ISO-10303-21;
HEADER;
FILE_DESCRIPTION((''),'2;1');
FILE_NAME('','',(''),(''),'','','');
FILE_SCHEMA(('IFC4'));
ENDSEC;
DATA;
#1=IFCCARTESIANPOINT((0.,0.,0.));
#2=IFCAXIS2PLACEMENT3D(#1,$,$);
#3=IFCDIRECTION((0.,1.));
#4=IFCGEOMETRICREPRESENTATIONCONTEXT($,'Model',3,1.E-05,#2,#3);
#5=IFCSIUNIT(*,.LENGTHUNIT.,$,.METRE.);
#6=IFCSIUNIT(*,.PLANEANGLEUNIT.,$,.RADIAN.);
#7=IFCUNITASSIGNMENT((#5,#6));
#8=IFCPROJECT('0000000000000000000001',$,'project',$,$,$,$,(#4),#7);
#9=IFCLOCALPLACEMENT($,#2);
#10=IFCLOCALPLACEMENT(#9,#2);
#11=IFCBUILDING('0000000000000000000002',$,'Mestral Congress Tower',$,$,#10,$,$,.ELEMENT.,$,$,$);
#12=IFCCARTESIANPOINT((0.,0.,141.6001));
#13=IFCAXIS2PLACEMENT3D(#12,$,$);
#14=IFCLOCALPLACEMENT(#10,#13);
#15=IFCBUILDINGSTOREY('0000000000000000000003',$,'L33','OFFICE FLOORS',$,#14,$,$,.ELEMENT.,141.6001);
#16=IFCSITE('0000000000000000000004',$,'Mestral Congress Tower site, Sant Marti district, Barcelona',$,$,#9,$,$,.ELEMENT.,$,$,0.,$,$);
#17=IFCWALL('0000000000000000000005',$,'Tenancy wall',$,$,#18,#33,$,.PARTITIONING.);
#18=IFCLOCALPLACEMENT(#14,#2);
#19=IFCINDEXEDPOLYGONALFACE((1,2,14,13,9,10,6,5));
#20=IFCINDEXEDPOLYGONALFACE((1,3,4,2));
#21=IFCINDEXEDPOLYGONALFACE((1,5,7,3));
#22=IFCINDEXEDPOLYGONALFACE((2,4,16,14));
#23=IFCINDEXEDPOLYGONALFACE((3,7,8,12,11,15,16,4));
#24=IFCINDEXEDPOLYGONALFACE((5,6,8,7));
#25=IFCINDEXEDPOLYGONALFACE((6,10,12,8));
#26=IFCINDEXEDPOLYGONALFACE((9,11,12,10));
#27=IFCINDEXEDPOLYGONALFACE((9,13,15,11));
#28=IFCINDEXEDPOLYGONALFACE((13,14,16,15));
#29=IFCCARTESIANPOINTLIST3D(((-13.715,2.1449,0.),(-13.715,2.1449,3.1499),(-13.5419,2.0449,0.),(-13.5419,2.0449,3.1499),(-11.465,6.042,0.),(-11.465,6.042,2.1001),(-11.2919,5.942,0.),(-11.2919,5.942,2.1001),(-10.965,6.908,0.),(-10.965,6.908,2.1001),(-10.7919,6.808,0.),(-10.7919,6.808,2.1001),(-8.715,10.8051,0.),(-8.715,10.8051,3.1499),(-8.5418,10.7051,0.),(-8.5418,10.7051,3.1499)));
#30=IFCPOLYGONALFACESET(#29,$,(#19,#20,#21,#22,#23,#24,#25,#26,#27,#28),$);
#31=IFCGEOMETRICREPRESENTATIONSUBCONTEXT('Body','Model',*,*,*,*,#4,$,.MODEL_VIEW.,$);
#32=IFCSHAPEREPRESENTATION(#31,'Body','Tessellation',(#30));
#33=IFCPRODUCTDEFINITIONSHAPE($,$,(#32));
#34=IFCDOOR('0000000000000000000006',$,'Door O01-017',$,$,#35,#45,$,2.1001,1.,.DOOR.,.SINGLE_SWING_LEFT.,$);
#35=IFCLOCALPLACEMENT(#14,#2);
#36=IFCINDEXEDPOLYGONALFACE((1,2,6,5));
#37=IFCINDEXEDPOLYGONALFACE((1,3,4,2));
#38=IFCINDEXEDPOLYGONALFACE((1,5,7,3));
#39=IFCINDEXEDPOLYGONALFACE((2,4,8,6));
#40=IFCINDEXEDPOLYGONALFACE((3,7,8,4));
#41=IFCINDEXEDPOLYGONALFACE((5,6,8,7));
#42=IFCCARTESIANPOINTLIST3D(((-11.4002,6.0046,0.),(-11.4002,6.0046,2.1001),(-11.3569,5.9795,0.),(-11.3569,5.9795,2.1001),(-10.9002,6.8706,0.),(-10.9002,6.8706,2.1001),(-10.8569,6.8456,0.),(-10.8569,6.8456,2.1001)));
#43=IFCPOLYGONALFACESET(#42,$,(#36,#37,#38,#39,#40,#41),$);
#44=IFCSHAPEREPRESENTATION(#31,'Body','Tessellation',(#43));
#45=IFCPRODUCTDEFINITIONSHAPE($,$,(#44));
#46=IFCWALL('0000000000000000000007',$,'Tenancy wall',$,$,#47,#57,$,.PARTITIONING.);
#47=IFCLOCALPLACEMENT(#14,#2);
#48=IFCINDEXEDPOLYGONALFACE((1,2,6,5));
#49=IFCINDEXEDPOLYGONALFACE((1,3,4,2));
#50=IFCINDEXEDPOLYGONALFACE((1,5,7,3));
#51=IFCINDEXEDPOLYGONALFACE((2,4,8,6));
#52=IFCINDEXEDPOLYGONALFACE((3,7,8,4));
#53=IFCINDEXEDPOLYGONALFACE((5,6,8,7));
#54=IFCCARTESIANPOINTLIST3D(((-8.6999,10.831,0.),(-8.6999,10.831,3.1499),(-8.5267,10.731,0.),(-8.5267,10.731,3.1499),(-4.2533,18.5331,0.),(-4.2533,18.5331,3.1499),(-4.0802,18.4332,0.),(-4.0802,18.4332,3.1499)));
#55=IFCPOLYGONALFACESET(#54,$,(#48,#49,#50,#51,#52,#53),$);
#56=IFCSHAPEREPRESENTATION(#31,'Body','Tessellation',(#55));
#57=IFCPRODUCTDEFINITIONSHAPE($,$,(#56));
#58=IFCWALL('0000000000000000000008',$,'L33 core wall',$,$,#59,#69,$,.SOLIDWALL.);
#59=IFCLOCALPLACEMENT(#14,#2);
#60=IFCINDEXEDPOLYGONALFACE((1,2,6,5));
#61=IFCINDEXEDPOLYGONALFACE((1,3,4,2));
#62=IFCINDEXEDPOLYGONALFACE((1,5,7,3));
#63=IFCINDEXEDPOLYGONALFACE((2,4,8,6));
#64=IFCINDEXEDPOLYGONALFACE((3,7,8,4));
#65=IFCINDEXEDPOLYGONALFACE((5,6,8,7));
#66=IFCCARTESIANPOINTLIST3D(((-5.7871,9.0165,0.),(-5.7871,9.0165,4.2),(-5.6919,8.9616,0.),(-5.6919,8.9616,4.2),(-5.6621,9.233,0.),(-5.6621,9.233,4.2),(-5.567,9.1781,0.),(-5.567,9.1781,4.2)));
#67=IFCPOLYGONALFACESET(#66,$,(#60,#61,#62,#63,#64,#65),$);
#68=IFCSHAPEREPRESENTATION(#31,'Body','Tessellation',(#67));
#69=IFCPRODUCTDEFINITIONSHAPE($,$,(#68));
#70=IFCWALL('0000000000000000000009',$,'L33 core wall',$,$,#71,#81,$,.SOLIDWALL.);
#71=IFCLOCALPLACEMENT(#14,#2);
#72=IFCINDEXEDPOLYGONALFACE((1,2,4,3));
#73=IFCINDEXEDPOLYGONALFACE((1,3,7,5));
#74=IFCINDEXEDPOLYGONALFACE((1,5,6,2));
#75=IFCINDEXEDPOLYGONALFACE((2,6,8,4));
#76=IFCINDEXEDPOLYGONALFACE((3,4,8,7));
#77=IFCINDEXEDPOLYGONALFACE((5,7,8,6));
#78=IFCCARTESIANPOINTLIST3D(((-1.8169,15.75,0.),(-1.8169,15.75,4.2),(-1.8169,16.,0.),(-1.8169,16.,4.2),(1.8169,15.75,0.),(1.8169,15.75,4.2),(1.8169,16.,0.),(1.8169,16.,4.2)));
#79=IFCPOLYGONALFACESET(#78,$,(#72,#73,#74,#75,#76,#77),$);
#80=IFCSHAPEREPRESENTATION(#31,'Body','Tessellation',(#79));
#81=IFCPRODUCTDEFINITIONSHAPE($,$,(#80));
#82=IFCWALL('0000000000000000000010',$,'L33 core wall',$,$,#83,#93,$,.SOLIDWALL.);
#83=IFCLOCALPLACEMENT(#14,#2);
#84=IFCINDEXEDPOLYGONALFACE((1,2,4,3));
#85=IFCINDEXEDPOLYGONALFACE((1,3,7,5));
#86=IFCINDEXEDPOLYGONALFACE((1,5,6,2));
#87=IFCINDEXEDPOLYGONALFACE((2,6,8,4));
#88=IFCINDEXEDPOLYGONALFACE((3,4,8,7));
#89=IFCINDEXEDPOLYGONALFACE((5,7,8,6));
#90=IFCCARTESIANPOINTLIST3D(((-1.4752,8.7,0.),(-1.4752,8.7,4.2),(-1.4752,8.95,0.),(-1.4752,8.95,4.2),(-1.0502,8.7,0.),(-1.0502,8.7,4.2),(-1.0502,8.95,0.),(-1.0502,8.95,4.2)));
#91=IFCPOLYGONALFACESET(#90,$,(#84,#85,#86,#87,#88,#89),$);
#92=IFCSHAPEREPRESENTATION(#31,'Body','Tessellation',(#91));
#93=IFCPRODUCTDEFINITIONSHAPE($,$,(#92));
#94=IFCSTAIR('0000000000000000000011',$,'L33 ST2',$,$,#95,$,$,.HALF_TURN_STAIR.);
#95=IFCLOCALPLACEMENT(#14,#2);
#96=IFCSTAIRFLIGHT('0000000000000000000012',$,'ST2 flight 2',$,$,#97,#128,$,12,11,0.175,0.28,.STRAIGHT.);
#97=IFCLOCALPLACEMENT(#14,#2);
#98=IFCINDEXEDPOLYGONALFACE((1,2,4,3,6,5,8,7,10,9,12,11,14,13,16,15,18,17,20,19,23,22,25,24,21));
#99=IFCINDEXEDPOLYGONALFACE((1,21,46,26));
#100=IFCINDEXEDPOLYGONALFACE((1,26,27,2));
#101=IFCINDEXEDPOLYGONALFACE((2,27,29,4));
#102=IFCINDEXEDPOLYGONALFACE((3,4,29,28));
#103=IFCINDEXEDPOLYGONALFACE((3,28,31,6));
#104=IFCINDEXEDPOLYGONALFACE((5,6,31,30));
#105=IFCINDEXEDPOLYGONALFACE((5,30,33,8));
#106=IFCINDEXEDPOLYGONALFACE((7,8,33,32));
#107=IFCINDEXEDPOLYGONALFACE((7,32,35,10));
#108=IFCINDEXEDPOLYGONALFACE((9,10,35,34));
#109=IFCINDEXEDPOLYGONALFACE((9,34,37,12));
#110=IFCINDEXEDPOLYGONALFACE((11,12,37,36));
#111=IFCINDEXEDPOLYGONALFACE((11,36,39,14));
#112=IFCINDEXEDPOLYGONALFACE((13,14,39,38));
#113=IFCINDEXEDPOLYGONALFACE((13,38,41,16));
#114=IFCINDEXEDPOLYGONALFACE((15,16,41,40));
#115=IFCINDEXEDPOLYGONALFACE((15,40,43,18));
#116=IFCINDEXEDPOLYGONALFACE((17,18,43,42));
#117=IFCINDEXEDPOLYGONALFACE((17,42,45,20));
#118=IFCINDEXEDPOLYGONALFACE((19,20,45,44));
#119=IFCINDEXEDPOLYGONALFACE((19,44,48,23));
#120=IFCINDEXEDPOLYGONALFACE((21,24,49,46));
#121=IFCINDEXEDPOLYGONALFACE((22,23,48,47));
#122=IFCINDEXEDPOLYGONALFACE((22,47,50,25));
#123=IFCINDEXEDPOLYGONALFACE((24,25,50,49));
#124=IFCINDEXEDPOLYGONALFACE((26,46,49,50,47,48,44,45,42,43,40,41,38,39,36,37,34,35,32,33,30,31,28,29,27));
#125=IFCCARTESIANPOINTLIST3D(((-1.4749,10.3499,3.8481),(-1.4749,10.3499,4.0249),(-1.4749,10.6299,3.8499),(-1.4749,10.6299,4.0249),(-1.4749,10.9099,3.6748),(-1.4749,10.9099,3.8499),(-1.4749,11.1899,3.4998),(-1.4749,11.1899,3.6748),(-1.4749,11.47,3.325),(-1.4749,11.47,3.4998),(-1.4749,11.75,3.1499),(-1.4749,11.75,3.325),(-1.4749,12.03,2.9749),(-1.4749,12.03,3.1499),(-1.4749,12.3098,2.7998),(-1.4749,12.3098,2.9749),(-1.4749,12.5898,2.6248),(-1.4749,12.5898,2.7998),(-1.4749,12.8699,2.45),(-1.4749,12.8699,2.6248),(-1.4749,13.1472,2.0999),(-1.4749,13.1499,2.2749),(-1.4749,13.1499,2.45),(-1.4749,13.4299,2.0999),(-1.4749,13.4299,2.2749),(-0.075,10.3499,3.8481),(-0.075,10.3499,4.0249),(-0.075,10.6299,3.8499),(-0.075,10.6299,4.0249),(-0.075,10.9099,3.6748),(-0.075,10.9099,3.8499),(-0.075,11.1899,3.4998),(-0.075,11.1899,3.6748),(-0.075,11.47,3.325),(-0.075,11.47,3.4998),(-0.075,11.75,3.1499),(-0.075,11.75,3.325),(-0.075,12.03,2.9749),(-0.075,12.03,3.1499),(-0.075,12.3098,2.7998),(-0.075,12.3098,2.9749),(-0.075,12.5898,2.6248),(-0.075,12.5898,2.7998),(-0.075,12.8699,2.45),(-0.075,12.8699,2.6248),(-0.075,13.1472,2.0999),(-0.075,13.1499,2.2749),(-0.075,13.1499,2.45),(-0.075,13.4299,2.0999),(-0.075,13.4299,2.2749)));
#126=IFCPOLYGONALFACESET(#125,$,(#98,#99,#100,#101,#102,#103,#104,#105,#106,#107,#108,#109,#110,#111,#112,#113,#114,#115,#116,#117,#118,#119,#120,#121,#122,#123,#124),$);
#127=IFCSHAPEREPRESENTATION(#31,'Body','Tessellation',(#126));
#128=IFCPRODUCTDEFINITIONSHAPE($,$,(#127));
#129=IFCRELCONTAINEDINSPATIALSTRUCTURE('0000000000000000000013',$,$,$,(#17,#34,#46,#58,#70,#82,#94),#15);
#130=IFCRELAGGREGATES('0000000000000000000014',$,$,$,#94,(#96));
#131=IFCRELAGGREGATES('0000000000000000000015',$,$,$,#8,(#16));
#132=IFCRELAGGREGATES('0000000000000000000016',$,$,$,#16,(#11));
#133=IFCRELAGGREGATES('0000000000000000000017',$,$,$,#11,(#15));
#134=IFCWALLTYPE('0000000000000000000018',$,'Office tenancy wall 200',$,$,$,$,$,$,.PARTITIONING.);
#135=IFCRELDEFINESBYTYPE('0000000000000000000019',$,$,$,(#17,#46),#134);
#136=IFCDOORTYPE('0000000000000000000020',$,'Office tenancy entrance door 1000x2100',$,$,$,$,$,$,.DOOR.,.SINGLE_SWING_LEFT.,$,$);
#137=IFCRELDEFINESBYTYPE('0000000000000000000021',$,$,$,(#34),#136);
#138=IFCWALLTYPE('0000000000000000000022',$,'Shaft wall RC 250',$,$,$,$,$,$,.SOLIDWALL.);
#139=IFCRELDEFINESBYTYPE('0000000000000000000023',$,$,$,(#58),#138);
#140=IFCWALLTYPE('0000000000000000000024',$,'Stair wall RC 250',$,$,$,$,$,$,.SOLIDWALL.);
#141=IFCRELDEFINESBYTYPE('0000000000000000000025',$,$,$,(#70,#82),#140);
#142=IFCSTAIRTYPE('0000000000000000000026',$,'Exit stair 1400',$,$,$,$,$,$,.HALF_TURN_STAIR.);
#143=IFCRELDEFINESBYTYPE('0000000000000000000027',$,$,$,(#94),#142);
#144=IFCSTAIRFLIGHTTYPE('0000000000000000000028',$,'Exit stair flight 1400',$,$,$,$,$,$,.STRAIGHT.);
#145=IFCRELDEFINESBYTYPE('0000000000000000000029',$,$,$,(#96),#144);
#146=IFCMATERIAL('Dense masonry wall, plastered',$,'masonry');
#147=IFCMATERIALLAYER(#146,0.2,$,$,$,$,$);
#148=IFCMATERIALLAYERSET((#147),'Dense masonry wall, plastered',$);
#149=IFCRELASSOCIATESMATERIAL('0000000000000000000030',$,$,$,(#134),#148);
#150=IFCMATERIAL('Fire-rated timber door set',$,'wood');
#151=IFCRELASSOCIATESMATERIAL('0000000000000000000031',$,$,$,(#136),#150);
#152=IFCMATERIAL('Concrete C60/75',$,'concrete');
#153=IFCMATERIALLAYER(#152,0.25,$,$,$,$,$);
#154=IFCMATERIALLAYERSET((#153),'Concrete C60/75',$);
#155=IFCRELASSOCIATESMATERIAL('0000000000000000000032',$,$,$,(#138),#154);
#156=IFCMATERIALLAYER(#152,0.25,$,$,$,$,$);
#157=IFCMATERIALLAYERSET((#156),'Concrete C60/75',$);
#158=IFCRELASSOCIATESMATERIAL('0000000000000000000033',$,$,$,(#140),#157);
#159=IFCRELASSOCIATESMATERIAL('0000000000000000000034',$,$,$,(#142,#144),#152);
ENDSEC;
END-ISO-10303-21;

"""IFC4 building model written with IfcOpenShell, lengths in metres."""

from ifc_helpers import new_model, si_unit, direction, frame, frame_2d, origin, place, context, subcontext, project, spatial, polyline, rectangle, outline, extrude, material, layer, layer_set, type_object, element, fill, aggregate, save


model = new_model("IFC4")

# Units and contexts
model_context = context("Model", 3, precision=1e-05, world=origin(), true_north=direction((0.0, 1.0)))
body_context = subcontext(model_context, "Body", "Model", "MODEL_VIEW")
ifc_project = project(units=[si_unit("LENGTHUNIT", "METRE"), si_unit("PLANEANGLEUNIT", "RADIAN")], contexts=[model_context])

# Site, building, storey
site_placement = place(None, origin())
site = spatial("IfcSite", under=ifc_project, at=site_placement, Name="Mestral Congress Tower site, Sant Marti district, Barcelona", CompositionType="ELEMENT", RefElevation=0.0)
building_placement = place(site_placement, origin())
building = spatial("IfcBuilding", under=site, at=building_placement, Name="Mestral Congress Tower", CompositionType="ELEMENT")
storey_placement = place(building_placement, frame((0.0, 0.0, 141.6001)))
storey = spatial("IfcBuildingStorey", under=building, at=storey_placement, Name="L33", Description="OFFICE FLOORS", CompositionType="ELEMENT", Elevation=141.6001)

# Shared definitions
ifc_material_1 = material(Name="Concrete C60/75", Category="concrete")

# Wall, opening, door
ifc_material_2 = material(Name="Dense masonry wall, plastered", Category="masonry")
ifc_layer_1 = layer(ifc_material_2, 0.2)
ifc_layer_set_1 = layer_set([ifc_layer_1], Name="Dense masonry wall, plastered")
wall_type_1 = type_object("IfcWallType", Name="Office tenancy wall 200", PredefinedType="PARTITIONING", material=ifc_layer_set_1)
wall_1_placement = place(storey_placement, frame((-8.6284, 10.7551, 0.0), z_axis=(0.0, 0.0, 1.0), x_axis=(-0.500004, -0.866023, 0.0)))
wall_1 = element("IfcWall", 1, at=wall_1_placement, inside=storey, type_object=wall_type_1, Name="Tenancy wall", PredefinedType="PARTITIONING", context=body_context, shape_type="SweptSolid", body=[
    extrude(rectangle(XDim=10.0, YDim=0.2, at=frame_2d((5.0, 0.0))), origin(), (0.0, 0.0, 1.0), 3.1499),
])
opening_1_placement = place(wall_1_placement, frame((4.5, 0.0, 0.0)))
opening_1 = element("IfcOpeningElement", 2, at=opening_1_placement, cuts=wall_1, PredefinedType="OPENING", context=body_context, shape_type="SweptSolid", body=[
    extrude(rectangle(XDim=1.0, YDim=2.1001, at=frame_2d((0.5, 1.05))), frame((0.0, 0.1099, 0.0), z_axis=(0.0, -1.0, 0.0), x_axis=(1.0, 0.0, 0.0)), (0.0, 0.0, 1.0), 0.22),
])
ifc_material_3 = material(Name="Fire-rated timber door set", Category="wood")
door_type_1 = type_object("IfcDoorType", Name="Office tenancy entrance door 1000x2100", OperationType="SINGLE_SWING_LEFT", PredefinedType="DOOR", material=ifc_material_3)
door_1_placement = place(opening_1_placement, origin())
door_1 = element("IfcDoor", 3, at=door_1_placement, inside=storey, type_object=door_type_1, Name="Door O01-017", OperationType="SINGLE_SWING_LEFT", OverallHeight=2.1001, OverallWidth=1.0, PredefinedType="DOOR", context=body_context, shape_type="SweptSolid", body=[
    extrude(rectangle(XDim=1.0, YDim=2.1001, at=frame_2d((0.5, 1.05))), frame((0.0, 0.0249, 0.0), z_axis=(0.0, -1.0, 0.0), x_axis=(1.0, 0.0, 0.0)), (0.0, 0.0, 1.0), 0.05),
])
fill(opening_1, door_1)

# Walls
wall_2_placement = place(storey_placement, frame((-4.1667, 18.4832, 0.0), z_axis=(0.0, 0.0, 1.0), x_axis=(-0.499974, -0.86604, 0.0)))
element("IfcWall", 4, at=wall_2_placement, inside=storey, type_object=wall_type_1, Name="Tenancy wall", PredefinedType="PARTITIONING", context=body_context, shape_type="SweptSolid", body=[
    extrude(rectangle(XDim=8.8936, YDim=0.2, at=frame_2d((4.4468, 0.0))), origin(), (0.0, 0.0, 1.0), 3.1499),
])
ifc_layer_2 = layer(ifc_material_1, 0.25)
ifc_layer_set_2 = layer_set([ifc_layer_2], Name="Concrete C60/75")
wall_type_2 = type_object("IfcWallType", Name="Shaft wall RC 250", PredefinedType="SOLIDWALL", material=ifc_layer_set_2)
wall_3_placement = place(storey_placement, frame((-5.7246, 9.1248, 0.0), z_axis=(0.0, 0.0, 1.0), x_axis=(0.866186, -0.499722, 0.0)))
element("IfcWall", 5, at=wall_3_placement, inside=storey, type_object=wall_type_2, Name="L33 core wall", PredefinedType="SOLIDWALL", context=body_context, shape_type="SweptSolid", body=[
    extrude(rectangle(XDim=0.1099, YDim=0.25, at=frame_2d((0.0549, 0.0))), origin(), (0.0, 0.0, 1.0), 4.2),
])
ifc_layer_3 = layer(ifc_material_1, 0.25)
ifc_layer_set_3 = layer_set([ifc_layer_3], Name="Concrete C60/75")
wall_type_3 = type_object("IfcWallType", Name="Stair wall RC 250", PredefinedType="SOLIDWALL", material=ifc_layer_set_3)
wall_4_placement = place(storey_placement, frame((-1.8169, 15.875, 0.0), z_axis=(0.0, 0.0, 1.0), x_axis=(1.0, 0.0, 0.0)))
element("IfcWall", 6, at=wall_4_placement, inside=storey, type_object=wall_type_3, Name="L33 core wall", PredefinedType="SOLIDWALL", context=body_context, shape_type="SweptSolid", body=[
    extrude(rectangle(XDim=3.6338, YDim=0.25, at=frame_2d((1.8169, 0.0))), origin(), (0.0, 0.0, 1.0), 4.2),
])
wall_5_placement = place(storey_placement, frame((-1.4751, 8.825, 0.0), z_axis=(0.0, 0.0, 1.0), x_axis=(1.0, 0.0, 0.0)))
element("IfcWall", 7, at=wall_5_placement, inside=storey, type_object=wall_type_3, Name="L33 core wall", PredefinedType="SOLIDWALL", context=body_context, shape_type="SweptSolid", body=[
    extrude(rectangle(XDim=0.425, YDim=0.25, at=frame_2d((0.2124, 0.0))), origin(), (0.0, 0.0, 1.0), 4.2),
])

# Stair, stair flight
stair_type = type_object("IfcStairType", Name="Exit stair 1400", PredefinedType="HALF_TURN_STAIR", material=ifc_material_1)
stair_placement = place(storey_placement, origin())
stair = element("IfcStair", 8, at=stair_placement, inside=storey, type_object=stair_type, Name="L33 ST2", PredefinedType="HALF_TURN_STAIR")
stair_flight_type = type_object("IfcStairFlightType", Name="Exit stair flight 1400", PredefinedType="STRAIGHT", material=ifc_material_1)
stair_flight_placement = place(storey_placement, frame((-0.7749, 13.4299, 2.0999), z_axis=(0.0, 0.0, 1.0), x_axis=(0.0, -1.0, 0.0)))
stair_flight = element("IfcStairFlight", 9, at=stair_flight_placement, type_object=stair_flight_type, Name="ST2 flight 2", NumberOfRisers=12, NumberOfTreads=11, PredefinedType="STRAIGHT", RiserHeight=0.175, TreadLength=0.28, context=body_context, shape_type="SweptSolid", body=[
    extrude(outline(polyline([(0.0, 0.0), (0.0, 0.175), (0.28, 0.175), (0.28, 0.3501), (0.5601, 0.3501), (0.5601, 0.5249), (0.8401, 0.5249), (0.8401, 0.7), (1.1201, 0.7), (1.1201, 0.875), (1.3999, 0.875), (1.3999, 1.05), (1.6799, 1.05), (1.6799, 1.2251), (1.96, 1.2251), (1.96, 1.3999), (2.24, 1.3999), (2.24, 1.575), (2.52, 1.575), (2.52, 1.75), (2.8, 1.75), (2.8, 1.925), (3.0801, 1.925), (3.0801, 2.1001), (3.0801, 1.7483), (0.2827, 0.0), (0.0, 0.0)])), frame((0.0, 0.7, 0.0), z_axis=(0.0, -1.0, 0.0), x_axis=(1.0, 0.0, 0.0)), (0.0, 0.0, 1.0), 1.3999),
])
aggregate(stair, [stair_flight])

save(model, "model.ifc")
